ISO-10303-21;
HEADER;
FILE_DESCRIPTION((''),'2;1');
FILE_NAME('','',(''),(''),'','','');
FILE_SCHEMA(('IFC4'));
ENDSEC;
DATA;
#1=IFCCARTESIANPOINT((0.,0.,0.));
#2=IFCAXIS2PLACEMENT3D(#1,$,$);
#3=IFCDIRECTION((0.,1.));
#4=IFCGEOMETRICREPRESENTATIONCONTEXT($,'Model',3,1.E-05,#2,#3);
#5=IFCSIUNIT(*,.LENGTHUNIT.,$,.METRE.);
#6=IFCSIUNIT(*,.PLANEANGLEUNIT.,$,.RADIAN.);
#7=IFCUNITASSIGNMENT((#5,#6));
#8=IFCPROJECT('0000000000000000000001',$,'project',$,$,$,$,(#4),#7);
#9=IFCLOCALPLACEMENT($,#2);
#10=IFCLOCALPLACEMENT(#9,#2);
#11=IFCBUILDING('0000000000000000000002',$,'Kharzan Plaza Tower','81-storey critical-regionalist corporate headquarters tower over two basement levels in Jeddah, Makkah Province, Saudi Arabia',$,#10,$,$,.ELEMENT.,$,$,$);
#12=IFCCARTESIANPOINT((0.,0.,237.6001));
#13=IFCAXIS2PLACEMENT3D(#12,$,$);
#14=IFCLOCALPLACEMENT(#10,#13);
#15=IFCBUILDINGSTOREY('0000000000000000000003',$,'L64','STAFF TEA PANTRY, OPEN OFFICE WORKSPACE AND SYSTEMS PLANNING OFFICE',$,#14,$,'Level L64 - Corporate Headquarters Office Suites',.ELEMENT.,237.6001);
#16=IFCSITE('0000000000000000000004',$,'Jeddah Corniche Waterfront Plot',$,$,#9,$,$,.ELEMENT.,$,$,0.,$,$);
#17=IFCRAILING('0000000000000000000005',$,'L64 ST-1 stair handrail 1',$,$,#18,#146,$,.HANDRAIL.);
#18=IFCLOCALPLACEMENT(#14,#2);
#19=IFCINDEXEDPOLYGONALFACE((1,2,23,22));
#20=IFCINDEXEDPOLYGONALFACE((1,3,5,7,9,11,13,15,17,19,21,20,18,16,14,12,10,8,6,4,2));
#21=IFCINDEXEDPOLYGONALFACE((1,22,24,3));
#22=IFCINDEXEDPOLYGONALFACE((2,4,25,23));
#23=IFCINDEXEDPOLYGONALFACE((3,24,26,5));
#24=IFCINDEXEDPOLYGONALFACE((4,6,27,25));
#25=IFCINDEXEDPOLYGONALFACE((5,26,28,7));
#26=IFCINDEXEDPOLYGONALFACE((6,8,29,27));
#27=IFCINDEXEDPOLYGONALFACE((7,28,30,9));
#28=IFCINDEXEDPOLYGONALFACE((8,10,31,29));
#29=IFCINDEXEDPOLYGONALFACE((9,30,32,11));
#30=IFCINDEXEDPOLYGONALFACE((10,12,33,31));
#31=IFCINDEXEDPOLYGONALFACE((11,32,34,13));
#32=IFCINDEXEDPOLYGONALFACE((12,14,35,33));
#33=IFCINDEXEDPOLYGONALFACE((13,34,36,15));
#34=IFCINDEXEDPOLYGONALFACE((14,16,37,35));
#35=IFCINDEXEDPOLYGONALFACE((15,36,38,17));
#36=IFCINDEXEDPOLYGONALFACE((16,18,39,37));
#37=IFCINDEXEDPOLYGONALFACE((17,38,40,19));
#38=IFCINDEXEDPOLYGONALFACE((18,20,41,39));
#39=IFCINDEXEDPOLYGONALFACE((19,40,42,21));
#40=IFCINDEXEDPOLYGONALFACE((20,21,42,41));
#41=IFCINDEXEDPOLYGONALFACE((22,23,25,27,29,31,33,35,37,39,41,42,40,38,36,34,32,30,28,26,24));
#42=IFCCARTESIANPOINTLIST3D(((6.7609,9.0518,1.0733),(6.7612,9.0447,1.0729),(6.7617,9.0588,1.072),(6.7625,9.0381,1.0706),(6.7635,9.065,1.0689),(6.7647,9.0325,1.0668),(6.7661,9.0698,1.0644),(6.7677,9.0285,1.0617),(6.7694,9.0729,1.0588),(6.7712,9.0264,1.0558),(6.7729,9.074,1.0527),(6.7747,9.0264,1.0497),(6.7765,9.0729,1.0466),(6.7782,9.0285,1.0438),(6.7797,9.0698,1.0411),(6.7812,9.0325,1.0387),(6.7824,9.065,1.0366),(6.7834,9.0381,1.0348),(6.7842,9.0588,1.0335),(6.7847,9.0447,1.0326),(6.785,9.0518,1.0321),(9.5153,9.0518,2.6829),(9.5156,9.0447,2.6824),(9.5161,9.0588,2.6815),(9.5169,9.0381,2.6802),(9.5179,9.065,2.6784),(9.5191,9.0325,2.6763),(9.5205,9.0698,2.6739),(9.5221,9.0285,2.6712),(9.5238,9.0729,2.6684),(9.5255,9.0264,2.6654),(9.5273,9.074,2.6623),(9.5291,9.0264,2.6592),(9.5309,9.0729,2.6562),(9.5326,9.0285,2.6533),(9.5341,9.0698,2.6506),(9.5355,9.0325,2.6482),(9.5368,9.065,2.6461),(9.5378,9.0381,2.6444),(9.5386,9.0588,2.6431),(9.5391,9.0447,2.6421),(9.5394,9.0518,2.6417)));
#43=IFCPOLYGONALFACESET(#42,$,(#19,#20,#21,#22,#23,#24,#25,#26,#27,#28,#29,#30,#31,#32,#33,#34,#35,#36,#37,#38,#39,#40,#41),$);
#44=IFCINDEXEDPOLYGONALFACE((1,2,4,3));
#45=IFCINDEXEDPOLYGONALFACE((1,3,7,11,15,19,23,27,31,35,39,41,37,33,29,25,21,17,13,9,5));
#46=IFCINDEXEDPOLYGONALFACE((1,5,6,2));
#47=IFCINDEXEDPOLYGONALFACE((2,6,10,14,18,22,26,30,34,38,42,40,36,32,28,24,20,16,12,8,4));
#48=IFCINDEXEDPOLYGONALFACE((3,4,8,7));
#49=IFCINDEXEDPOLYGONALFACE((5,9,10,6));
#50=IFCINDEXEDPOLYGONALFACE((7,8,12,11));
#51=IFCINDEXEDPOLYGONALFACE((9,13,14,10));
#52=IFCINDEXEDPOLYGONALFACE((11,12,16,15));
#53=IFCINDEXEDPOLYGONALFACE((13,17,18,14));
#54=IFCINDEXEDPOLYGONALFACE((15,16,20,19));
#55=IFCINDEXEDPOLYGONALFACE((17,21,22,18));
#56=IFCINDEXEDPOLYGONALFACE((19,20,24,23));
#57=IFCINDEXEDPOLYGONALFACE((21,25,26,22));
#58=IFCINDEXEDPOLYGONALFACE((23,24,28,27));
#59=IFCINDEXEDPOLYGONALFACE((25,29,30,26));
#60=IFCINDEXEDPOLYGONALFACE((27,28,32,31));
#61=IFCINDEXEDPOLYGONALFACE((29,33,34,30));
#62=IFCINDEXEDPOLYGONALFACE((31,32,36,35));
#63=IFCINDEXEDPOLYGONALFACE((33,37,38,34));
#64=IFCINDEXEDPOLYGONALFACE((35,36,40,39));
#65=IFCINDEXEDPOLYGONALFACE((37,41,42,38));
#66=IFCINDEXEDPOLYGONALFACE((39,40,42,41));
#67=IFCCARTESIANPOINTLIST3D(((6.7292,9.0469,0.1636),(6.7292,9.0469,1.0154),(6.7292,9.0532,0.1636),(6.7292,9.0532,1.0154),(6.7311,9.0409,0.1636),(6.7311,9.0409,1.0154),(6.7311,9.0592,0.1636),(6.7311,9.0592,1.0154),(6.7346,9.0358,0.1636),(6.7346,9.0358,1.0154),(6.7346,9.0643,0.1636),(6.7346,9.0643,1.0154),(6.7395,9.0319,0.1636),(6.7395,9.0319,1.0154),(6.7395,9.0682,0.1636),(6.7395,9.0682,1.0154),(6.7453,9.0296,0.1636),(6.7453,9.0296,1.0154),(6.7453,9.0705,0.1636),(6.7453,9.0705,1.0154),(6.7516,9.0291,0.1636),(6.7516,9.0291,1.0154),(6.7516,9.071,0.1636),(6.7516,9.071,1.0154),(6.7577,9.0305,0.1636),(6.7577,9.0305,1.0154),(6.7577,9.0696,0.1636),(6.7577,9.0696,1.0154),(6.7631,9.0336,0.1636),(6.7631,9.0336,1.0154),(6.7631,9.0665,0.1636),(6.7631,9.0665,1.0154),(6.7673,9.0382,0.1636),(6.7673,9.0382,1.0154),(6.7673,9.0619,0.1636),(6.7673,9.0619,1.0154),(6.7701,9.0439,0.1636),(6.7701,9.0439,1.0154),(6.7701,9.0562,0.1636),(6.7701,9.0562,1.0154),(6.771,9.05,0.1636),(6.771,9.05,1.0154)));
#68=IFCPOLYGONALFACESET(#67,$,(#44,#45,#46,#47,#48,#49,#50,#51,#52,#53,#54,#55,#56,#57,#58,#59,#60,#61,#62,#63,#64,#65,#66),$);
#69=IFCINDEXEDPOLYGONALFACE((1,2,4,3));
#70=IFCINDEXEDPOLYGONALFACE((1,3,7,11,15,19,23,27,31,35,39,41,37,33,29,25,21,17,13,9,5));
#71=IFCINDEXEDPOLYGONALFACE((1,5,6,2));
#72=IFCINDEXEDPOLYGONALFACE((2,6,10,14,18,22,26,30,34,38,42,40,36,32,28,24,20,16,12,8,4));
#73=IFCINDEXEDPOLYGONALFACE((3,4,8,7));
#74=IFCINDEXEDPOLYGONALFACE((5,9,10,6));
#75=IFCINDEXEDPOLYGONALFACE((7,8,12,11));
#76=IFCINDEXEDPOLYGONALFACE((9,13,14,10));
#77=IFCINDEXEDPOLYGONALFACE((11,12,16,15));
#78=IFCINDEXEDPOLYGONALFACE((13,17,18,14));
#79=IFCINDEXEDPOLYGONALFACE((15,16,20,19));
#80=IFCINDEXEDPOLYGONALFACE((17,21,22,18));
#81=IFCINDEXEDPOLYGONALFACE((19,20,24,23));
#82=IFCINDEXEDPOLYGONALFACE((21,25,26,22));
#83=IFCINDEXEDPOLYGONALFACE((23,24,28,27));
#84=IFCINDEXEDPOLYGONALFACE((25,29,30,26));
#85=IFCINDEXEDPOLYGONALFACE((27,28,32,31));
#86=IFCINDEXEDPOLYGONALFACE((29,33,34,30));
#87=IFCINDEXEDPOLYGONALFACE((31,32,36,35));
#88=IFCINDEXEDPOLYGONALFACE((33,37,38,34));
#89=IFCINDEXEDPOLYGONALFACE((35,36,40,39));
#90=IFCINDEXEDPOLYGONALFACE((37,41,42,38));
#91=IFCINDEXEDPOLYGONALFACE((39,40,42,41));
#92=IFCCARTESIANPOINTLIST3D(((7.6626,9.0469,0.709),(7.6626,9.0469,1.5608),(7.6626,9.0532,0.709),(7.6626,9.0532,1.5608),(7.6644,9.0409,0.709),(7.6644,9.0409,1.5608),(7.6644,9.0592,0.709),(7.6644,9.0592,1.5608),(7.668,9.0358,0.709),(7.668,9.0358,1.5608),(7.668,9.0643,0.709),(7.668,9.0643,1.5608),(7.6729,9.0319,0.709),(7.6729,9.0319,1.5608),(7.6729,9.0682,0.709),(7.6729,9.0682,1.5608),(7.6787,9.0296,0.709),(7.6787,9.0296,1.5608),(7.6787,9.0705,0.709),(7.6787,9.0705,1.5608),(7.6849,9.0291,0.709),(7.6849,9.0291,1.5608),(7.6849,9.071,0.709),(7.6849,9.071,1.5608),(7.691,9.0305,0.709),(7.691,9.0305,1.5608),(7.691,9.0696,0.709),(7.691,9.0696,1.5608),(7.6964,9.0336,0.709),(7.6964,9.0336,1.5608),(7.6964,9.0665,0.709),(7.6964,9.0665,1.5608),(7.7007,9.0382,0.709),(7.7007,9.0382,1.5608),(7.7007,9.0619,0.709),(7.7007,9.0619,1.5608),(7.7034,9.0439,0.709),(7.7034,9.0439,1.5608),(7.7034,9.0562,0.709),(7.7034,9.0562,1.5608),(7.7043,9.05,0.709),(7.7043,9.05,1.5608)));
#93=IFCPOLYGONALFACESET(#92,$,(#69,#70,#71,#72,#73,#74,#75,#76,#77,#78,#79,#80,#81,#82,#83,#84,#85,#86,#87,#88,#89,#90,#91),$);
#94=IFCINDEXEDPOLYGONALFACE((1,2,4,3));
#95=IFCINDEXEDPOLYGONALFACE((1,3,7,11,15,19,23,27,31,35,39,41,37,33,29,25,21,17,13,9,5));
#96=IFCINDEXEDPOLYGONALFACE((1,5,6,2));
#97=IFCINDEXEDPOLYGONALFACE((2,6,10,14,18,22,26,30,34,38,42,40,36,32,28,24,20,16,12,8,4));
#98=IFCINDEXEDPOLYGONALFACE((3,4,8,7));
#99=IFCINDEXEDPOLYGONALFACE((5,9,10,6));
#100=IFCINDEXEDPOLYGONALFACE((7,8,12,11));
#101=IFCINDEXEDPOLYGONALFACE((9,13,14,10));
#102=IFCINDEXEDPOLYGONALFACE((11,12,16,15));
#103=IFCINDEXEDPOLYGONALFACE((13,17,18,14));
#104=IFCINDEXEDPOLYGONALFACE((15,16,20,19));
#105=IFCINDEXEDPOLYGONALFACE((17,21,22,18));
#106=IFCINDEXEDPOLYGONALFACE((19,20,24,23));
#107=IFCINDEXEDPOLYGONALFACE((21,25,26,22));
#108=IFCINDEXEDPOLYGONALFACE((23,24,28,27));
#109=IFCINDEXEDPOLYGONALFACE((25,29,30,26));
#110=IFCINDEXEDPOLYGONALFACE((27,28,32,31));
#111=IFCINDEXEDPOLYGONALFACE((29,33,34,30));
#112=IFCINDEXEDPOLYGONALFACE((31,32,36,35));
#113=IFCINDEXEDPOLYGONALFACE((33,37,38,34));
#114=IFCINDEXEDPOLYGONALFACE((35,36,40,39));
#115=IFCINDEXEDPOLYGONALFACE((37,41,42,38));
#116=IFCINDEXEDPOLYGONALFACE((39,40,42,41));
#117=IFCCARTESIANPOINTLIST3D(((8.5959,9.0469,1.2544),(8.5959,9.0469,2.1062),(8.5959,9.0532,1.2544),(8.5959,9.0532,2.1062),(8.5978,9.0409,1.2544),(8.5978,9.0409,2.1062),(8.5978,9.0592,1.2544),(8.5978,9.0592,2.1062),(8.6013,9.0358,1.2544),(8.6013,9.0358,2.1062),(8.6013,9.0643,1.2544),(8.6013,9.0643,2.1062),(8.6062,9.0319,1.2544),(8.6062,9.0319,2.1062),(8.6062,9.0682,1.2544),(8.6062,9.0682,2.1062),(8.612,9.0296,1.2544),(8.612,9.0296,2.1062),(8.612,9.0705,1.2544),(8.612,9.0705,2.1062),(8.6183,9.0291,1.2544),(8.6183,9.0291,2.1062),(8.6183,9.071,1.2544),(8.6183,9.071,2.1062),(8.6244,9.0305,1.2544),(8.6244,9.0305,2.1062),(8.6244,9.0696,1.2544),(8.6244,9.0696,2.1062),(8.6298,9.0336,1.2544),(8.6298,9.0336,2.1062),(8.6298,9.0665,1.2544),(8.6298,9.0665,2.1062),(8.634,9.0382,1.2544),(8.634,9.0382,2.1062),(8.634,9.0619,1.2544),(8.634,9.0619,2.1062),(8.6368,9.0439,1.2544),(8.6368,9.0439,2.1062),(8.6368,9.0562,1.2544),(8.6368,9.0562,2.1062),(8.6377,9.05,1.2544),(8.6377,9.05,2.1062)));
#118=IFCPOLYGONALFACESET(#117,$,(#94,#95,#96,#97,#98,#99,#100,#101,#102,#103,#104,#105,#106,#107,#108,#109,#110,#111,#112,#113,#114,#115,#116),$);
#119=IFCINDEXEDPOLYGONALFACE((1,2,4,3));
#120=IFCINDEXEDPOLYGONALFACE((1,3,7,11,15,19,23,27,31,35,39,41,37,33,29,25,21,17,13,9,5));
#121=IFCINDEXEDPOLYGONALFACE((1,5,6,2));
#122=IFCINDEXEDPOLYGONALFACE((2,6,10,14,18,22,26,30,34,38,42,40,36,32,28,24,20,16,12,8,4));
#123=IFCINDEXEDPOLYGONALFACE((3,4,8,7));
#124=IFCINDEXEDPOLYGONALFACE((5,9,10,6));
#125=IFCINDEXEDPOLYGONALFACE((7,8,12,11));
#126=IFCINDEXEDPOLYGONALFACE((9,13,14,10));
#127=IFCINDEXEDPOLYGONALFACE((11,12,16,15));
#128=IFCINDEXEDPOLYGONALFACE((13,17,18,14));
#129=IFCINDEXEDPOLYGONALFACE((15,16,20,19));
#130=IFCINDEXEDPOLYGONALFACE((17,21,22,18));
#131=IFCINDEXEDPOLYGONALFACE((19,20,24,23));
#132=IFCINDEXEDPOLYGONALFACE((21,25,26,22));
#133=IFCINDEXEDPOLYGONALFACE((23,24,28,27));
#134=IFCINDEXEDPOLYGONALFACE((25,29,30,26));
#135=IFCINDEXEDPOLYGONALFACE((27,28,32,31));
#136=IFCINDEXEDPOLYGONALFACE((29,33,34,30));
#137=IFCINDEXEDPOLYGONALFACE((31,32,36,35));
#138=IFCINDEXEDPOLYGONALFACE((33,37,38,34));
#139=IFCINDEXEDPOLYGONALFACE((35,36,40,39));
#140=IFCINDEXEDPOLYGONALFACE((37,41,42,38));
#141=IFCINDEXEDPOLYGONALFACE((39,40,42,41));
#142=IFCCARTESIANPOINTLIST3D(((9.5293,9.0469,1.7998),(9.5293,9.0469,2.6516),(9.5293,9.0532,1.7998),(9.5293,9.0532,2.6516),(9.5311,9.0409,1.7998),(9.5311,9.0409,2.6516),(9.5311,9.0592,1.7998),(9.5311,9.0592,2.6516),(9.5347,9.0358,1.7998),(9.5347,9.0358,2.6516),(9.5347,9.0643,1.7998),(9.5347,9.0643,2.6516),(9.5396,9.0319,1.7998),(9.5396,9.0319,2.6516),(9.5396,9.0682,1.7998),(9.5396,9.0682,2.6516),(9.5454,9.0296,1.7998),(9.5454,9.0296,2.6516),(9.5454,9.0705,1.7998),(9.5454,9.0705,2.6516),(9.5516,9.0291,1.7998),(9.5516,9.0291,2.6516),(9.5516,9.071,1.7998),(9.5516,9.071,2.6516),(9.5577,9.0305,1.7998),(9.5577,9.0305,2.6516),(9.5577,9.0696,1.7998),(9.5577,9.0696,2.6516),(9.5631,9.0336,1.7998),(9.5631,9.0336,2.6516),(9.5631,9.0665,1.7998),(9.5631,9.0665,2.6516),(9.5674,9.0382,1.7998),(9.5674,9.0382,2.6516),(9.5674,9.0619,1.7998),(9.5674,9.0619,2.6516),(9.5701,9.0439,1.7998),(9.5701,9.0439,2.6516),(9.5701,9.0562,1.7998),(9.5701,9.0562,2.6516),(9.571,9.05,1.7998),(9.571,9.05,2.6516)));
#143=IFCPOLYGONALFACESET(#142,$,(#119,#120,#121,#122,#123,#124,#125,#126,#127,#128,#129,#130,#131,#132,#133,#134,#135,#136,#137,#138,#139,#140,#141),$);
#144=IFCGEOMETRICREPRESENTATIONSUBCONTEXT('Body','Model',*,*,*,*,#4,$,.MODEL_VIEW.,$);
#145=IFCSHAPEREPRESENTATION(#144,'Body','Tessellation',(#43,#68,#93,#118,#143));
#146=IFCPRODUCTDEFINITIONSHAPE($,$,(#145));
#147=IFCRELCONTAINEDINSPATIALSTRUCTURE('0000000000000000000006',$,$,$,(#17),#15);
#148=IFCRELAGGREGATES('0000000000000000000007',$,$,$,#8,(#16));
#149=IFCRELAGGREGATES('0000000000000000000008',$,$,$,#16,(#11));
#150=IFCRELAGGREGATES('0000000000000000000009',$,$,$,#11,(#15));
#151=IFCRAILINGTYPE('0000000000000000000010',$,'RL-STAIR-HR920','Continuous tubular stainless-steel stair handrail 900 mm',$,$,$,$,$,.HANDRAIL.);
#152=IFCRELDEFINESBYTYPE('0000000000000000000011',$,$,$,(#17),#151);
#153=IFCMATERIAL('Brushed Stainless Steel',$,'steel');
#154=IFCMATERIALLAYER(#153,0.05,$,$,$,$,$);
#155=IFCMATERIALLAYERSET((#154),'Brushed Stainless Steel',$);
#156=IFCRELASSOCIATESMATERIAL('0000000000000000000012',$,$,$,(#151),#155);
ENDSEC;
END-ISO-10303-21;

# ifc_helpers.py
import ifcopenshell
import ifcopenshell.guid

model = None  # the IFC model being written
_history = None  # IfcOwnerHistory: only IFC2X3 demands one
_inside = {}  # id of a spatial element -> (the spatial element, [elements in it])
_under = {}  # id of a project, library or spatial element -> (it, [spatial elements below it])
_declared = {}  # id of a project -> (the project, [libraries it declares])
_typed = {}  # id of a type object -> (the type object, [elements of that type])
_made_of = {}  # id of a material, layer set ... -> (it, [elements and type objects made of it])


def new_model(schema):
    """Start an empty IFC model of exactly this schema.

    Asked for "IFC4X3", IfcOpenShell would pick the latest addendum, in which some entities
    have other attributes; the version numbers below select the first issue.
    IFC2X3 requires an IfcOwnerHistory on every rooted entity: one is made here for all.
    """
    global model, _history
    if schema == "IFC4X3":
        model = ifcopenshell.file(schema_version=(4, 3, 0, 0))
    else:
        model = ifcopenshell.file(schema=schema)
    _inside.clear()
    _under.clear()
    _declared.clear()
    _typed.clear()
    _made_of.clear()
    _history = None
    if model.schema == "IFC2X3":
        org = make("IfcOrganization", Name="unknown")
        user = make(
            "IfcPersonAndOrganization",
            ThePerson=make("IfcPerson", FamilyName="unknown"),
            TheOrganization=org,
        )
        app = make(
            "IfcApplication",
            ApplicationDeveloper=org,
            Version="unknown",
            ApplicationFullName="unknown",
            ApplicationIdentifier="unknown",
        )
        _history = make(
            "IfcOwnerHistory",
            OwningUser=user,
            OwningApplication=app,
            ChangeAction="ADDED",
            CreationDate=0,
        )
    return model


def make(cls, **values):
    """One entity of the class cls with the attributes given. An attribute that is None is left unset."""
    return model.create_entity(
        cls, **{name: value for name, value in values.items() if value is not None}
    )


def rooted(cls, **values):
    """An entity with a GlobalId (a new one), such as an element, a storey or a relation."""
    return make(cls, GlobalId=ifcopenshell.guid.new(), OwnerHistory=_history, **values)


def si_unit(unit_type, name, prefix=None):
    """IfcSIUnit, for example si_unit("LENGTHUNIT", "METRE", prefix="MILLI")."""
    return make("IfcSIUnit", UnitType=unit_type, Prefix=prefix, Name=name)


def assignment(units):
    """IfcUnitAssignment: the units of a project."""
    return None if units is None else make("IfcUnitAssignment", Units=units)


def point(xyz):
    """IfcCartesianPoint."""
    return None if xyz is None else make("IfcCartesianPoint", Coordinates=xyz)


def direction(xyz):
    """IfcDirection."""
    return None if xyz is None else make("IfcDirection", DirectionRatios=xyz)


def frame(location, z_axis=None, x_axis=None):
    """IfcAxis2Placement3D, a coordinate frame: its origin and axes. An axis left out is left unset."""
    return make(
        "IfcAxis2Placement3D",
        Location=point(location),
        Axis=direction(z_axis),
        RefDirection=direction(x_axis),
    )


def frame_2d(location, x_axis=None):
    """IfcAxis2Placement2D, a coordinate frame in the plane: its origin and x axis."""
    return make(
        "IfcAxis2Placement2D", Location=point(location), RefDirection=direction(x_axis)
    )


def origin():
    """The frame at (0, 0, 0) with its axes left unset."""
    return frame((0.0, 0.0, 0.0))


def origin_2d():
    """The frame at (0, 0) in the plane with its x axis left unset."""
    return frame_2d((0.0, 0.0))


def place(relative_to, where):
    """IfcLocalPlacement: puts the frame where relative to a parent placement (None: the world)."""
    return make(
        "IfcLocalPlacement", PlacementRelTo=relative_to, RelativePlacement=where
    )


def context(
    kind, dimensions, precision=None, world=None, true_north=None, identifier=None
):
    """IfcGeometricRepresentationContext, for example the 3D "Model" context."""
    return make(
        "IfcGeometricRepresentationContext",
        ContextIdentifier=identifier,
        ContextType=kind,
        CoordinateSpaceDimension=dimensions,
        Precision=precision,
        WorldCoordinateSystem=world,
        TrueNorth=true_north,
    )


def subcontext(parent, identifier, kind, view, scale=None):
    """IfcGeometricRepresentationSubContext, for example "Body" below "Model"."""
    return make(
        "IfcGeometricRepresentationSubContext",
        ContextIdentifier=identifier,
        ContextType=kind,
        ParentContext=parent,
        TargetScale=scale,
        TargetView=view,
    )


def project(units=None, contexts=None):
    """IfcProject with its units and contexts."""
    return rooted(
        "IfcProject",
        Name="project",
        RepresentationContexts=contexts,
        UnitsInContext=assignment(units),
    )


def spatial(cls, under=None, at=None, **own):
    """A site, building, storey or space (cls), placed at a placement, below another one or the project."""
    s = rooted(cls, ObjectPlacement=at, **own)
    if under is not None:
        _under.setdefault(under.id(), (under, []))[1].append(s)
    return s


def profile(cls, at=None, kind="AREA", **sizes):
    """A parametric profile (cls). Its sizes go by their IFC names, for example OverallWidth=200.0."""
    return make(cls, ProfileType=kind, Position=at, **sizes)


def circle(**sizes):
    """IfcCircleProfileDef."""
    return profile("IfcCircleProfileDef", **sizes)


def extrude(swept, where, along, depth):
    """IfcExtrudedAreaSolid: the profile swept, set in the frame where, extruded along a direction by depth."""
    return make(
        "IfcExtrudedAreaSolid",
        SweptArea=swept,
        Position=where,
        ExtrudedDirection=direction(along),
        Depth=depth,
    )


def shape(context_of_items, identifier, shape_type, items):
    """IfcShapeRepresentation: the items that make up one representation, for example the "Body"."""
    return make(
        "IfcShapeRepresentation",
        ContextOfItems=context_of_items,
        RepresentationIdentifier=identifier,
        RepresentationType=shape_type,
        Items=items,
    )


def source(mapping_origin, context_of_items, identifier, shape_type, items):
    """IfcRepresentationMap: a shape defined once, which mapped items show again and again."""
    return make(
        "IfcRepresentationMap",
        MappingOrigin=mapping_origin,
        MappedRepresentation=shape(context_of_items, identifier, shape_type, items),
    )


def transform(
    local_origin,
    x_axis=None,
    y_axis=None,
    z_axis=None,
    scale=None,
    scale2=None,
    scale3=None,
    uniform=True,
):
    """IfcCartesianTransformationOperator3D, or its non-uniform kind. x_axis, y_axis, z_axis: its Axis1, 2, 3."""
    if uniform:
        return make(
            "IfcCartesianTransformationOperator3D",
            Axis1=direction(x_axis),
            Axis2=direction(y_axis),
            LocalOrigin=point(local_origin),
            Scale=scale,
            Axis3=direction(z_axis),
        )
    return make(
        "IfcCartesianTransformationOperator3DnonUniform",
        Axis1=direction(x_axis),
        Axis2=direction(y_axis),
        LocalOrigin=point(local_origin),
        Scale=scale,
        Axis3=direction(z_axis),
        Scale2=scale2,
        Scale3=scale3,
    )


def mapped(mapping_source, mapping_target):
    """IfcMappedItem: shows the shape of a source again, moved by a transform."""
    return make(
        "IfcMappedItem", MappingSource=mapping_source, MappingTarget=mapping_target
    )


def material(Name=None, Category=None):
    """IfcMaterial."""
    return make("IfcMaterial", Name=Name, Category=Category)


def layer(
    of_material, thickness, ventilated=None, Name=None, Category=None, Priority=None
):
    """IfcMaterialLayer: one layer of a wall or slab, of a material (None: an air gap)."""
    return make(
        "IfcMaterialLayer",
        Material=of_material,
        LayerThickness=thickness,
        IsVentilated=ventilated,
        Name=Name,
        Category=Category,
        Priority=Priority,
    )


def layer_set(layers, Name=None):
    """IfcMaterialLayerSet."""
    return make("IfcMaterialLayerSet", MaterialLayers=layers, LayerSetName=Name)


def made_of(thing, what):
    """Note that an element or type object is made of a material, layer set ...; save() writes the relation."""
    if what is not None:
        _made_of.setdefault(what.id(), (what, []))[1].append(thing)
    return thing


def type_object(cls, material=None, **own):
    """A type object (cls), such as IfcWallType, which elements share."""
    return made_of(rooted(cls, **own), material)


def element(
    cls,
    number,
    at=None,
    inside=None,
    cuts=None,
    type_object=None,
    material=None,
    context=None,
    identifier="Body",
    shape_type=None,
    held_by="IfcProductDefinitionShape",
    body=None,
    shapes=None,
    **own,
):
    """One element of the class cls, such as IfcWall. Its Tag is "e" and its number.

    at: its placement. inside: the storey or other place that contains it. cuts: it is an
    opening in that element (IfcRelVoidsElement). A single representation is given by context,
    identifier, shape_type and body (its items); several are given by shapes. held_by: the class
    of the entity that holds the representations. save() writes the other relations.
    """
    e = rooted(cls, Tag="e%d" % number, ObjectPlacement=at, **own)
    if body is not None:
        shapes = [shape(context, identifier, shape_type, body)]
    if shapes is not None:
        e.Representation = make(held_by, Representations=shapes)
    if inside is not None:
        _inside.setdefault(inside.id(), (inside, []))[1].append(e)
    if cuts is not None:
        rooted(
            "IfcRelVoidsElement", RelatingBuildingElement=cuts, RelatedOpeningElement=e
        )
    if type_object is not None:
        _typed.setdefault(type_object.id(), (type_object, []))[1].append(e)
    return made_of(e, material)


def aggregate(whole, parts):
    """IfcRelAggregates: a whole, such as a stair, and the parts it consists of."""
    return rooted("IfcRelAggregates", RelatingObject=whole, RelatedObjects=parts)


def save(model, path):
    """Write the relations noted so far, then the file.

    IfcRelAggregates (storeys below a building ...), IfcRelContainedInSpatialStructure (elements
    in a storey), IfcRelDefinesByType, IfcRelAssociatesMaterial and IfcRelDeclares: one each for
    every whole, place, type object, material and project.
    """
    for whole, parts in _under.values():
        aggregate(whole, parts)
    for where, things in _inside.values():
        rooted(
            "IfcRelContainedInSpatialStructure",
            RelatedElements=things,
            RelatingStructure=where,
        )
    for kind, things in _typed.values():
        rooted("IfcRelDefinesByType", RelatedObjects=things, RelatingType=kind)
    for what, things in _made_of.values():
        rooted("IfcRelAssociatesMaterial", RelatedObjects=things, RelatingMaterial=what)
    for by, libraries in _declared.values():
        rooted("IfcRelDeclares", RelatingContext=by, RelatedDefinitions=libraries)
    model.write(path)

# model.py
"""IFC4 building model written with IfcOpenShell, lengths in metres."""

from ifc_helpers import new_model, si_unit, direction, frame, origin, origin_2d, place, context, subcontext, project, spatial, circle, extrude, source, transform, mapped, material, layer, layer_set, type_object, element, save


model = new_model("IFC4")

# Units and contexts
model_context = context("Model", 3, precision=1e-05, world=origin(), true_north=direction((0.0, 1.0)))
body_context = subcontext(model_context, "Body", "Model", "MODEL_VIEW")
ifc_project = project(units=[si_unit("LENGTHUNIT", "METRE"), si_unit("PLANEANGLEUNIT", "RADIAN")], contexts=[model_context])

# Site, building, storey
site_placement = place(None, origin())
site = spatial("IfcSite", under=ifc_project, at=site_placement, Name="Jeddah Corniche Waterfront Plot", CompositionType="ELEMENT", RefElevation=0.0)
building_placement = place(site_placement, origin())
building = spatial("IfcBuilding", under=site, at=building_placement, Name="Kharzan Plaza Tower", Description="81-storey critical-regionalist corporate headquarters tower over two basement levels in Jeddah, Makkah Province, Saudi Arabia", CompositionType="ELEMENT")
storey_placement = place(building_placement, frame((0.0, 0.0, 237.6001)))
storey = spatial("IfcBuildingStorey", under=building, at=storey_placement, Name="L64", Description="STAFF TEA PANTRY, OPEN OFFICE WORKSPACE AND SYSTEMS PLANNING OFFICE", LongName="Level L64 - Corporate Headquarters Office Suites", CompositionType="ELEMENT", Elevation=237.6001)

# Railing
ifc_material_1 = material(Name="Brushed Stainless Steel", Category="steel")
ifc_layer_1 = layer(ifc_material_1, 0.05)
ifc_layer_set_1 = layer_set([ifc_layer_1], Name="Brushed Stainless Steel")
railing_type_1 = type_object("IfcRailingType", Name="RL-STAIR-HR920", Description="Continuous tubular stainless-steel stair handrail 900 mm", PredefinedType="HANDRAIL", material=ifc_layer_set_1)
shared_shape_1 = source(origin(), body_context, "Body", "SweptSolid", [
    extrude(circle(Radius=0.0239, at=origin_2d()), frame((0.0229, 0.0, 0.8892), z_axis=(0.863394, 0.0, 0.504531), x_axis=(0.0, 1.0, 0.0)), (0.0, 0.0, 1.0), 3.1902),
    extrude(circle(Radius=0.021, at=origin_2d()), origin(), (0.0, 0.0, 1.0), 0.8518),
    extrude(circle(Radius=0.021, at=origin_2d()), frame((0.9333, 0.0, 0.5454)), (0.0, 0.0, 1.0), 0.8518),
    extrude(circle(Radius=0.021, at=origin_2d()), frame((1.8667, 0.0, 1.0908)), (0.0, 0.0, 1.0), 0.8518),
    extrude(circle(Radius=0.021, at=origin_2d()), frame((2.8, 0.0, 1.6362)), (0.0, 0.0, 1.0), 0.8518),
])
railing_1_placement = place(storey_placement, frame((6.75, 9.05, 0.1636)))
element("IfcRailing", 1, at=railing_1_placement, inside=storey, type_object=railing_type_1, Name="L64 ST-1 stair handrail 1", PredefinedType="HANDRAIL", context=body_context, shape_type="MappedRepresentation", body=[
    mapped(shared_shape_1, transform((0.0, 0.0, 0.0), x_axis=(1.0, 0.0, 0.0), y_axis=(0.0, 1.0, 0.0), z_axis=(0.0, 0.0, 1.0))),
])

save(model, "model.ifc")
